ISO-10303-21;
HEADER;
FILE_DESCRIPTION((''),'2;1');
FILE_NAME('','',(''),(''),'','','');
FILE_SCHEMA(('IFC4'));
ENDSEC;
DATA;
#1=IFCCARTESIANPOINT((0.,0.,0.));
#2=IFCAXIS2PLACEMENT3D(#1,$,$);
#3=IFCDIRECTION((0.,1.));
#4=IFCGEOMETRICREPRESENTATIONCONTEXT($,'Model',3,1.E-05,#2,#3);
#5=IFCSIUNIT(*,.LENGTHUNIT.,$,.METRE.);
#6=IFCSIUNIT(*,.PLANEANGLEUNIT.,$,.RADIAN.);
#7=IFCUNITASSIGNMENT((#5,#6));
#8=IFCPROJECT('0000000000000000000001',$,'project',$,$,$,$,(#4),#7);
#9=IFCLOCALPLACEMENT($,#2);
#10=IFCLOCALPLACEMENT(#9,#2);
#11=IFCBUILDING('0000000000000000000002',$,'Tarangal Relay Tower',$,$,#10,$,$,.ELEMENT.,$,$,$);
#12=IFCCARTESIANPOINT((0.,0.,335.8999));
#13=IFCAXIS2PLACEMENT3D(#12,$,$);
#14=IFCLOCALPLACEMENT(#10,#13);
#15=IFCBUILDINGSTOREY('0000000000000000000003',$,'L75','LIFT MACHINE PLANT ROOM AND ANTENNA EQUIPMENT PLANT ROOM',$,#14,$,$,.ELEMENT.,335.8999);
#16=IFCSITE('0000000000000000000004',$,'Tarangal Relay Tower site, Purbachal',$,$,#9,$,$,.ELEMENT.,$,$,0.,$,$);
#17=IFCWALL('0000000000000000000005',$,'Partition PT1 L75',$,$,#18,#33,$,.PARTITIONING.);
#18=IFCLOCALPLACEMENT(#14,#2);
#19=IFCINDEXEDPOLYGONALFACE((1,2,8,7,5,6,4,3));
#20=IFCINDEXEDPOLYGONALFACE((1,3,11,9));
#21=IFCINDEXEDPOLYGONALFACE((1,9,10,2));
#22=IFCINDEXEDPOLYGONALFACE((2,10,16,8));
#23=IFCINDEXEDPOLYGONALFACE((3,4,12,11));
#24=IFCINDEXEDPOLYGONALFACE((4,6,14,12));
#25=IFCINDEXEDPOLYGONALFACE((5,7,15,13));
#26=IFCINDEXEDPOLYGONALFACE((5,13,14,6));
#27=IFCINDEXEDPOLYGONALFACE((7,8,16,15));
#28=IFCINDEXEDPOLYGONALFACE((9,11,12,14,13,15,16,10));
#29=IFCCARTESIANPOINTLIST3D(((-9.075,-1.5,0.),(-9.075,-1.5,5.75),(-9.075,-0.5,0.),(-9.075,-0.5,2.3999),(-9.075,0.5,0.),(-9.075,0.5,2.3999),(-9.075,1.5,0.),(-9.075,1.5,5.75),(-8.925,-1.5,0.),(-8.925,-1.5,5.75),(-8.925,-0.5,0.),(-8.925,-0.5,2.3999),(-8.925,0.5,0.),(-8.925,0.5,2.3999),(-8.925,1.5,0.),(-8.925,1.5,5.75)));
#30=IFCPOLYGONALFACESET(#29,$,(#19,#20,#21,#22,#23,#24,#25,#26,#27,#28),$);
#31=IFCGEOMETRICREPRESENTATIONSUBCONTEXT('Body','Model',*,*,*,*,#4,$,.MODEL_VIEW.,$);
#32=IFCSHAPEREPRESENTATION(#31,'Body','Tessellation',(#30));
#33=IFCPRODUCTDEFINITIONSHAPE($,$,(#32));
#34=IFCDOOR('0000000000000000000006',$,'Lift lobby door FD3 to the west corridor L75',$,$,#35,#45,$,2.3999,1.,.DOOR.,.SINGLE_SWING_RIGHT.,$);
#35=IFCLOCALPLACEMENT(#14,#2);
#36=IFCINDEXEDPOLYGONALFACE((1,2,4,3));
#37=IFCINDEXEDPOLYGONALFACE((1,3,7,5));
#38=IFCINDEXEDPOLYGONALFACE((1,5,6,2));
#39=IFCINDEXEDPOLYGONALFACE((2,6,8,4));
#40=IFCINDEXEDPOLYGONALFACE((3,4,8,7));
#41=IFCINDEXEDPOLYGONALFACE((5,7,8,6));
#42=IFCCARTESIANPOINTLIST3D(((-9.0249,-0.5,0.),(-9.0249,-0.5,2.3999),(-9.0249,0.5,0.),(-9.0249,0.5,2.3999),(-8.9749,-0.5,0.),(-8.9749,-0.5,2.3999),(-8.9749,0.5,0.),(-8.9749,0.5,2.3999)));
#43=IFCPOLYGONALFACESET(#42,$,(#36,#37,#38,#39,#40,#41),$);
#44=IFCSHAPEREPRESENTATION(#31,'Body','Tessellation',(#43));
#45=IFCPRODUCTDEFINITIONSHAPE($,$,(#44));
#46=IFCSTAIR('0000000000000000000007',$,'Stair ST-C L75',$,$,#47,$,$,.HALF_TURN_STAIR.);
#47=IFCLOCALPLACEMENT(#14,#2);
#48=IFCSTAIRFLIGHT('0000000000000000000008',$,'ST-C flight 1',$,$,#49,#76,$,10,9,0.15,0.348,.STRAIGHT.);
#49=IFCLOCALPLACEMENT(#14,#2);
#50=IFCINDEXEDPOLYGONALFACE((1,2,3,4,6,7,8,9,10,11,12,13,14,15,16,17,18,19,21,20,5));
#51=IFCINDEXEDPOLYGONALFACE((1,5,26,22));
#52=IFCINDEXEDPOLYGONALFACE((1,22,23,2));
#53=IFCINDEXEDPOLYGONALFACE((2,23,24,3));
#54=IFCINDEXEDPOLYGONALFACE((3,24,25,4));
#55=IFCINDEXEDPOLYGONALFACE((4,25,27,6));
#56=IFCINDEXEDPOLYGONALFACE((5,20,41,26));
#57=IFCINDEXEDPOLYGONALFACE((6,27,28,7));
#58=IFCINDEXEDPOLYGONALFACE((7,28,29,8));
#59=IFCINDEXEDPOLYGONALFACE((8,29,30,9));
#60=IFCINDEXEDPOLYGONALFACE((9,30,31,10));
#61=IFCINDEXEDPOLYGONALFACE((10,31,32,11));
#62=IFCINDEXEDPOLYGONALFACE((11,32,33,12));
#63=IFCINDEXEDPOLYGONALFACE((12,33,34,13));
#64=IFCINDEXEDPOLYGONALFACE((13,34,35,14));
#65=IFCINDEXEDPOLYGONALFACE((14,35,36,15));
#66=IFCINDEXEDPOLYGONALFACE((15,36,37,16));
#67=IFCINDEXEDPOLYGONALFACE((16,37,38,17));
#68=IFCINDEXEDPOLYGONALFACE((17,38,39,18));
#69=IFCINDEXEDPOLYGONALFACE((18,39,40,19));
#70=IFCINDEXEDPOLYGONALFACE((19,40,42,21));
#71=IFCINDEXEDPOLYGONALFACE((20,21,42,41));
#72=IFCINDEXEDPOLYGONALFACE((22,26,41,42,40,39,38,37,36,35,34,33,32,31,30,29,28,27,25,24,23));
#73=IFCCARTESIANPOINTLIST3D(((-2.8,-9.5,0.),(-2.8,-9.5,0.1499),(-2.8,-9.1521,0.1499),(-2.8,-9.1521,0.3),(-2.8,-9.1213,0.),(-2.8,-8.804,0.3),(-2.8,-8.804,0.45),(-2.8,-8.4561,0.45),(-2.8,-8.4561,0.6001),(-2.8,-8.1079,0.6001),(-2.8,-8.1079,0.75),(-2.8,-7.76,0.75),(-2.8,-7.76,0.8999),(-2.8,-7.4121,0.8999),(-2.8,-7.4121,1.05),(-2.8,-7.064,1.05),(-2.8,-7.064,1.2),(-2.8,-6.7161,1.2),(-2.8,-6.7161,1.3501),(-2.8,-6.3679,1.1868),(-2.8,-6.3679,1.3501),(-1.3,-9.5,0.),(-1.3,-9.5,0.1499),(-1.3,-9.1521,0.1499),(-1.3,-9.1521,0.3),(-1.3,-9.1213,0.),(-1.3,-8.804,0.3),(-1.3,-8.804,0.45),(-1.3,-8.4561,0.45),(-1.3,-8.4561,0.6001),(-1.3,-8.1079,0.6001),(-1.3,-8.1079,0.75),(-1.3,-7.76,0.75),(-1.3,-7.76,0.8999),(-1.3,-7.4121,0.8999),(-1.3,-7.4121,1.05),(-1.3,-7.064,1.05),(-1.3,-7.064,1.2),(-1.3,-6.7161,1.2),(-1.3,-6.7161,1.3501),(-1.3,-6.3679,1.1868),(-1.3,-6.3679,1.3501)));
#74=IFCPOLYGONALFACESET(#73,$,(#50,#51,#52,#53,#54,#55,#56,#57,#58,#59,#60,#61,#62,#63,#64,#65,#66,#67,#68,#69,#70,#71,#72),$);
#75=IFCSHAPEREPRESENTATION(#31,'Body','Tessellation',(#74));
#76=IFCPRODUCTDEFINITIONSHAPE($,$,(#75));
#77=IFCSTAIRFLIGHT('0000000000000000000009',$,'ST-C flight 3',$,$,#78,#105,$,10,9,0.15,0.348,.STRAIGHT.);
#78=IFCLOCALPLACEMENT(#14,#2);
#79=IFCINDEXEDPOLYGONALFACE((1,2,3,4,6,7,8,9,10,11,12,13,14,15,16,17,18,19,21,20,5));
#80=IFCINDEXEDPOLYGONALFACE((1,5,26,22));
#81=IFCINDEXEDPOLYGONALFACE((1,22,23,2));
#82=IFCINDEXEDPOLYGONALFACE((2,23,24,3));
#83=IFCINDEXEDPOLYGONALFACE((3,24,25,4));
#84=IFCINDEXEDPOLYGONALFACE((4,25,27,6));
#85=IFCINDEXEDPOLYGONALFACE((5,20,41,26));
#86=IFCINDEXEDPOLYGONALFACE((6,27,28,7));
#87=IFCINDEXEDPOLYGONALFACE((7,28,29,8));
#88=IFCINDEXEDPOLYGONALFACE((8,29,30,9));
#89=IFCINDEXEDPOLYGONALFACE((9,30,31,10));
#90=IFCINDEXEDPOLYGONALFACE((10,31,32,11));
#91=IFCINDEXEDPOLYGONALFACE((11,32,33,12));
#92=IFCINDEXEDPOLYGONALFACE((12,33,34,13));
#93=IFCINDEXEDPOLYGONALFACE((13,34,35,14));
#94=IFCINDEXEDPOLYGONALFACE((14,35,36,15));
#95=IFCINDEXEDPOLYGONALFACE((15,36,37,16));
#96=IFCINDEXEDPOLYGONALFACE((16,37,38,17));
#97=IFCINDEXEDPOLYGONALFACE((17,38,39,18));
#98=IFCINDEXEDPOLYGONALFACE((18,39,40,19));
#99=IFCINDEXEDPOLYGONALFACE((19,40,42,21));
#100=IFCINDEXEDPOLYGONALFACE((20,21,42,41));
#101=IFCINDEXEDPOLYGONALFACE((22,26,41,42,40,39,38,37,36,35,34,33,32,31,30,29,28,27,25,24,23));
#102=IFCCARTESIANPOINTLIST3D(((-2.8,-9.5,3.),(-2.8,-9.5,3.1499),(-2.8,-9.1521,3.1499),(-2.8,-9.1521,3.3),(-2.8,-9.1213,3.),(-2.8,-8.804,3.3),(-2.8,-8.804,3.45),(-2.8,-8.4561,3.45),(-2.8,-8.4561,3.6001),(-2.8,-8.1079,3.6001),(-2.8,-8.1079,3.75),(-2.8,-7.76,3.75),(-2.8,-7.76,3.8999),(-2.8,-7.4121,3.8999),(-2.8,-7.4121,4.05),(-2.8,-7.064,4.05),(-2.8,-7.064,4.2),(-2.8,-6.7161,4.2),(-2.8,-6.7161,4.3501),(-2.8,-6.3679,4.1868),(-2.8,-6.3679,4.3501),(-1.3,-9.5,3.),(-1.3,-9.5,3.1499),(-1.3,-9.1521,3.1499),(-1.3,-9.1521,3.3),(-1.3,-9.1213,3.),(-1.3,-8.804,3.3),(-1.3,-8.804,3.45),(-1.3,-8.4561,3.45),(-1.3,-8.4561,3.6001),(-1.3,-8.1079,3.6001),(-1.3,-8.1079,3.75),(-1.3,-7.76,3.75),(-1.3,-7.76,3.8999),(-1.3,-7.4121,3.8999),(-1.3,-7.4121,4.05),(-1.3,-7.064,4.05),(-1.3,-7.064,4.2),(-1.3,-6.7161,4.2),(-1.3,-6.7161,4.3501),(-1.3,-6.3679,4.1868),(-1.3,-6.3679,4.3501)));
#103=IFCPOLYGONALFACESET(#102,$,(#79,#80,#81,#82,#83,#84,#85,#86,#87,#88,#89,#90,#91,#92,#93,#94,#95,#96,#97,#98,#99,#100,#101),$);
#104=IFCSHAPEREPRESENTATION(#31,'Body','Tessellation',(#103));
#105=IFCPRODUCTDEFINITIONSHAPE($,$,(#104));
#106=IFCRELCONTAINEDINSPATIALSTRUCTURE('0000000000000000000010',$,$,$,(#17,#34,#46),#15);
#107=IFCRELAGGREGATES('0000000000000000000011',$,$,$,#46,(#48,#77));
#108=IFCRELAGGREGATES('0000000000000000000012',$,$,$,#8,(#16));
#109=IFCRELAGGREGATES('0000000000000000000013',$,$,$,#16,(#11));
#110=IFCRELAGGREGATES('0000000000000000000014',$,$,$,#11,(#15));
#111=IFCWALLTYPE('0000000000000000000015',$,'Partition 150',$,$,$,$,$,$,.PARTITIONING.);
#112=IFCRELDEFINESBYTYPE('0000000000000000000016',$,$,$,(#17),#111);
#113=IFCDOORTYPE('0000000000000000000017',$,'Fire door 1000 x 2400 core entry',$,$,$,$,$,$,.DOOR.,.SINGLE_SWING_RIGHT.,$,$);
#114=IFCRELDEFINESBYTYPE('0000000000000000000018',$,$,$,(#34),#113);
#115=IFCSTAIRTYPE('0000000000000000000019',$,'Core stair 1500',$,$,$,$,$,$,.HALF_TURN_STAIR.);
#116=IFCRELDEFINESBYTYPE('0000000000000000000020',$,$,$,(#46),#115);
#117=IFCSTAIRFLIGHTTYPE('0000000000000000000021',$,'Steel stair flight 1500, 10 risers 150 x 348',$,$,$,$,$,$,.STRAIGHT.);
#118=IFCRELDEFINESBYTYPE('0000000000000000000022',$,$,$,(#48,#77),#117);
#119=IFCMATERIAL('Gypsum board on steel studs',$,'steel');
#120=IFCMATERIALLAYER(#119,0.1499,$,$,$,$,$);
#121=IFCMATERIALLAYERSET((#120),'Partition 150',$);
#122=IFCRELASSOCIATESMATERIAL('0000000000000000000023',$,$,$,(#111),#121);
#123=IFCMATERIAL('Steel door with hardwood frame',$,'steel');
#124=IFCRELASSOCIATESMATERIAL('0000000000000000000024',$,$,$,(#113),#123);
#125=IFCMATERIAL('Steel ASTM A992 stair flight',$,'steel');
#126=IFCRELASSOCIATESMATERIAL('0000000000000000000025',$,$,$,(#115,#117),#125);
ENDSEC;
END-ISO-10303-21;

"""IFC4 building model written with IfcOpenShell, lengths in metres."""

from ifc_helpers import new_model, si_unit, direction, frame, frame_2d, origin, place, context, subcontext, project, spatial, polyline, rectangle, outline, extrude, material, layer, layer_set, type_object, element, fill, aggregate, save


model = new_model("IFC4")

# Units and contexts
model_context = context("Model", 3, precision=1e-05, world=origin(), true_north=direction((0.0, 1.0)))
body_context = subcontext(model_context, "Body", "Model", "MODEL_VIEW")
ifc_project = project(units=[si_unit("LENGTHUNIT", "METRE"), si_unit("PLANEANGLEUNIT", "RADIAN")], contexts=[model_context])

# Site, building, storey
site_placement = place(None, origin())
site = spatial("IfcSite", under=ifc_project, at=site_placement, Name="Tarangal Relay Tower site, Purbachal", CompositionType="ELEMENT", RefElevation=0.0)
building_placement = place(site_placement, origin())
building = spatial("IfcBuilding", under=site, at=building_placement, Name="Tarangal Relay Tower", CompositionType="ELEMENT")
storey_placement = place(building_placement, frame((0.0, 0.0, 335.8999)))
storey = spatial("IfcBuildingStorey", under=building, at=storey_placement, Name="L75", Description="LIFT MACHINE PLANT ROOM AND ANTENNA EQUIPMENT PLANT ROOM", CompositionType="ELEMENT", Elevation=335.8999)

# Shared definitions
ifc_material_1 = material(Name="Steel door with hardwood frame", Category="steel")

# Wall, opening, door
ifc_material_2 = material(Name="Gypsum board on steel studs", Category="steel")
ifc_layer_1 = layer(ifc_material_2, 0.1499)
ifc_layer_set_1 = layer_set([ifc_layer_1], Name="Partition 150")
wall_type_1 = type_object("IfcWallType", Name="Partition 150", PredefinedType="PARTITIONING", material=ifc_layer_set_1)
wall_1_placement = place(storey_placement, frame((-9.0, -1.5, 0.0), z_axis=(0.0, 0.0, 1.0), x_axis=(0.0, 1.0, 0.0)))
wall_1 = element("IfcWall", 1, at=wall_1_placement, inside=storey, type_object=wall_type_1, Name="Partition PT1 L75", PredefinedType="PARTITIONING", context=body_context, shape_type="SweptSolid", body=[
    extrude(rectangle(XDim=3.0, YDim=0.1499, at=frame_2d((1.5, 0.0))), origin(), (0.0, 0.0, 1.0), 5.75),
])
opening_1_placement = place(wall_1_placement, frame((1.0, 0.0, 0.0)))
opening_1 = element("IfcOpeningElement", 2, at=opening_1_placement, cuts=wall_1, PredefinedType="OPENING", context=body_context, shape_type="SweptSolid", body=[
    extrude(rectangle(XDim=1.0, YDim=2.3999, at=frame_2d((0.5, 1.2))), frame((0.0, 0.085, 0.0), z_axis=(0.0, -1.0, 0.0), x_axis=(1.0, 0.0, 0.0)), (0.0, 0.0, 1.0), 0.1699),
])
door_type_1 = type_object("IfcDoorType", Name="Fire door 1000 x 2400 core entry", OperationType="SINGLE_SWING_RIGHT", PredefinedType="DOOR", material=ifc_material_1)
door_1_placement = place(opening_1_placement, origin())
door_1 = element("IfcDoor", 3, at=door_1_placement, inside=storey, type_object=door_type_1, Name="Lift lobby door FD3 to the west corridor L75", OperationType="SINGLE_SWING_RIGHT", OverallHeight=2.3999, OverallWidth=1.0, PredefinedType="DOOR", context=body_context, shape_type="SweptSolid", body=[
    extrude(rectangle(XDim=1.0, YDim=2.3999, at=frame_2d((0.5, 1.2))), frame((0.0, 0.0249, 0.0), z_axis=(0.0, -1.0, 0.0), x_axis=(1.0, 0.0, 0.0)), (0.0, 0.0, 1.0), 0.05),
])
fill(opening_1, door_1)

# Stair, stair flights
ifc_material_3 = material(Name="Steel ASTM A992 stair flight", Category="steel")
stair_type = type_object("IfcStairType", Name="Core stair 1500", PredefinedType="HALF_TURN_STAIR", material=ifc_material_3)
stair_placement = place(storey_placement, origin())
stair = element("IfcStair", 4, at=stair_placement, inside=storey, type_object=stair_type, Name="Stair ST-C L75", PredefinedType="HALF_TURN_STAIR")
stair_flight_type = type_object("IfcStairFlightType", Name="Steel stair flight 1500, 10 risers 150 x 348", PredefinedType="STRAIGHT", material=ifc_material_3)
stair_flight_1_placement = place(storey_placement, frame((-2.05, -9.5, 0.0), z_axis=(0.0, 0.0, 1.0), x_axis=(0.0, 1.0, 0.0)))
stair_flight_1 = element("IfcStairFlight", 5, at=stair_flight_1_placement, type_object=stair_flight_type, Name="ST-C flight 1", NumberOfRisers=10, NumberOfTreads=9, PredefinedType="STRAIGHT", RiserHeight=0.15, TreadLength=0.348, context=body_context, shape_type="SweptSolid", body=[
    extrude(outline(polyline([(0.0, 0.0), (0.0, 0.1499), (0.3479, 0.1499), (0.3479, 0.3), (0.696, 0.3), (0.696, 0.45), (1.0439, 0.45), (1.0439, 0.6001), (1.3921, 0.6001), (1.3921, 0.75), (1.74, 0.75), (1.74, 0.8999), (2.0879, 0.8999), (2.0879, 1.05), (2.436, 1.05), (2.436, 1.2), (2.7839, 1.2), (2.7839, 1.3501), (3.1321, 1.3501), (3.1321, 1.5), (3.1321, 1.1868), (0.3787, 0.0), (0.0, 0.0)])), frame((0.0, 0.75, 0.0), z_axis=(0.0, -1.0, 0.0), x_axis=(1.0, 0.0, 0.0)), (0.0, 0.0, 1.0), 1.5),
])
stair_flight_2_placement = place(storey_placement, frame((-2.05, -9.5, 3.0), z_axis=(0.0, 0.0, 1.0), x_axis=(0.0, 1.0, 0.0)))
stair_flight_2 = element("IfcStairFlight", 6, at=stair_flight_2_placement, type_object=stair_flight_type, Name="ST-C flight 3", NumberOfRisers=10, NumberOfTreads=9, PredefinedType="STRAIGHT", RiserHeight=0.15, TreadLength=0.348, context=body_context, shape_type="SweptSolid", body=[
    extrude(outline(polyline([(0.0, 0.0), (0.0, 0.1499), (0.3479, 0.1499), (0.3479, 0.3), (0.696, 0.3), (0.696, 0.45), (1.0439, 0.45), (1.0439, 0.6001), (1.3921, 0.6001), (1.3921, 0.75), (1.74, 0.75), (1.74, 0.8999), (2.0879, 0.8999), (2.0879, 1.05), (2.436, 1.05), (2.436, 1.2), (2.7839, 1.2), (2.7839, 1.3501), (3.1321, 1.3501), (3.1321, 1.5), (3.1321, 1.1868), (0.3787, 0.0), (0.0, 0.0)])), frame((0.0, 0.75, 0.0), z_axis=(0.0, -1.0, 0.0), x_axis=(1.0, 0.0, 0.0)), (0.0, 0.0, 1.0), 1.5),
])
aggregate(stair, [stair_flight_1, stair_flight_2])

save(model, "model.ifc")
